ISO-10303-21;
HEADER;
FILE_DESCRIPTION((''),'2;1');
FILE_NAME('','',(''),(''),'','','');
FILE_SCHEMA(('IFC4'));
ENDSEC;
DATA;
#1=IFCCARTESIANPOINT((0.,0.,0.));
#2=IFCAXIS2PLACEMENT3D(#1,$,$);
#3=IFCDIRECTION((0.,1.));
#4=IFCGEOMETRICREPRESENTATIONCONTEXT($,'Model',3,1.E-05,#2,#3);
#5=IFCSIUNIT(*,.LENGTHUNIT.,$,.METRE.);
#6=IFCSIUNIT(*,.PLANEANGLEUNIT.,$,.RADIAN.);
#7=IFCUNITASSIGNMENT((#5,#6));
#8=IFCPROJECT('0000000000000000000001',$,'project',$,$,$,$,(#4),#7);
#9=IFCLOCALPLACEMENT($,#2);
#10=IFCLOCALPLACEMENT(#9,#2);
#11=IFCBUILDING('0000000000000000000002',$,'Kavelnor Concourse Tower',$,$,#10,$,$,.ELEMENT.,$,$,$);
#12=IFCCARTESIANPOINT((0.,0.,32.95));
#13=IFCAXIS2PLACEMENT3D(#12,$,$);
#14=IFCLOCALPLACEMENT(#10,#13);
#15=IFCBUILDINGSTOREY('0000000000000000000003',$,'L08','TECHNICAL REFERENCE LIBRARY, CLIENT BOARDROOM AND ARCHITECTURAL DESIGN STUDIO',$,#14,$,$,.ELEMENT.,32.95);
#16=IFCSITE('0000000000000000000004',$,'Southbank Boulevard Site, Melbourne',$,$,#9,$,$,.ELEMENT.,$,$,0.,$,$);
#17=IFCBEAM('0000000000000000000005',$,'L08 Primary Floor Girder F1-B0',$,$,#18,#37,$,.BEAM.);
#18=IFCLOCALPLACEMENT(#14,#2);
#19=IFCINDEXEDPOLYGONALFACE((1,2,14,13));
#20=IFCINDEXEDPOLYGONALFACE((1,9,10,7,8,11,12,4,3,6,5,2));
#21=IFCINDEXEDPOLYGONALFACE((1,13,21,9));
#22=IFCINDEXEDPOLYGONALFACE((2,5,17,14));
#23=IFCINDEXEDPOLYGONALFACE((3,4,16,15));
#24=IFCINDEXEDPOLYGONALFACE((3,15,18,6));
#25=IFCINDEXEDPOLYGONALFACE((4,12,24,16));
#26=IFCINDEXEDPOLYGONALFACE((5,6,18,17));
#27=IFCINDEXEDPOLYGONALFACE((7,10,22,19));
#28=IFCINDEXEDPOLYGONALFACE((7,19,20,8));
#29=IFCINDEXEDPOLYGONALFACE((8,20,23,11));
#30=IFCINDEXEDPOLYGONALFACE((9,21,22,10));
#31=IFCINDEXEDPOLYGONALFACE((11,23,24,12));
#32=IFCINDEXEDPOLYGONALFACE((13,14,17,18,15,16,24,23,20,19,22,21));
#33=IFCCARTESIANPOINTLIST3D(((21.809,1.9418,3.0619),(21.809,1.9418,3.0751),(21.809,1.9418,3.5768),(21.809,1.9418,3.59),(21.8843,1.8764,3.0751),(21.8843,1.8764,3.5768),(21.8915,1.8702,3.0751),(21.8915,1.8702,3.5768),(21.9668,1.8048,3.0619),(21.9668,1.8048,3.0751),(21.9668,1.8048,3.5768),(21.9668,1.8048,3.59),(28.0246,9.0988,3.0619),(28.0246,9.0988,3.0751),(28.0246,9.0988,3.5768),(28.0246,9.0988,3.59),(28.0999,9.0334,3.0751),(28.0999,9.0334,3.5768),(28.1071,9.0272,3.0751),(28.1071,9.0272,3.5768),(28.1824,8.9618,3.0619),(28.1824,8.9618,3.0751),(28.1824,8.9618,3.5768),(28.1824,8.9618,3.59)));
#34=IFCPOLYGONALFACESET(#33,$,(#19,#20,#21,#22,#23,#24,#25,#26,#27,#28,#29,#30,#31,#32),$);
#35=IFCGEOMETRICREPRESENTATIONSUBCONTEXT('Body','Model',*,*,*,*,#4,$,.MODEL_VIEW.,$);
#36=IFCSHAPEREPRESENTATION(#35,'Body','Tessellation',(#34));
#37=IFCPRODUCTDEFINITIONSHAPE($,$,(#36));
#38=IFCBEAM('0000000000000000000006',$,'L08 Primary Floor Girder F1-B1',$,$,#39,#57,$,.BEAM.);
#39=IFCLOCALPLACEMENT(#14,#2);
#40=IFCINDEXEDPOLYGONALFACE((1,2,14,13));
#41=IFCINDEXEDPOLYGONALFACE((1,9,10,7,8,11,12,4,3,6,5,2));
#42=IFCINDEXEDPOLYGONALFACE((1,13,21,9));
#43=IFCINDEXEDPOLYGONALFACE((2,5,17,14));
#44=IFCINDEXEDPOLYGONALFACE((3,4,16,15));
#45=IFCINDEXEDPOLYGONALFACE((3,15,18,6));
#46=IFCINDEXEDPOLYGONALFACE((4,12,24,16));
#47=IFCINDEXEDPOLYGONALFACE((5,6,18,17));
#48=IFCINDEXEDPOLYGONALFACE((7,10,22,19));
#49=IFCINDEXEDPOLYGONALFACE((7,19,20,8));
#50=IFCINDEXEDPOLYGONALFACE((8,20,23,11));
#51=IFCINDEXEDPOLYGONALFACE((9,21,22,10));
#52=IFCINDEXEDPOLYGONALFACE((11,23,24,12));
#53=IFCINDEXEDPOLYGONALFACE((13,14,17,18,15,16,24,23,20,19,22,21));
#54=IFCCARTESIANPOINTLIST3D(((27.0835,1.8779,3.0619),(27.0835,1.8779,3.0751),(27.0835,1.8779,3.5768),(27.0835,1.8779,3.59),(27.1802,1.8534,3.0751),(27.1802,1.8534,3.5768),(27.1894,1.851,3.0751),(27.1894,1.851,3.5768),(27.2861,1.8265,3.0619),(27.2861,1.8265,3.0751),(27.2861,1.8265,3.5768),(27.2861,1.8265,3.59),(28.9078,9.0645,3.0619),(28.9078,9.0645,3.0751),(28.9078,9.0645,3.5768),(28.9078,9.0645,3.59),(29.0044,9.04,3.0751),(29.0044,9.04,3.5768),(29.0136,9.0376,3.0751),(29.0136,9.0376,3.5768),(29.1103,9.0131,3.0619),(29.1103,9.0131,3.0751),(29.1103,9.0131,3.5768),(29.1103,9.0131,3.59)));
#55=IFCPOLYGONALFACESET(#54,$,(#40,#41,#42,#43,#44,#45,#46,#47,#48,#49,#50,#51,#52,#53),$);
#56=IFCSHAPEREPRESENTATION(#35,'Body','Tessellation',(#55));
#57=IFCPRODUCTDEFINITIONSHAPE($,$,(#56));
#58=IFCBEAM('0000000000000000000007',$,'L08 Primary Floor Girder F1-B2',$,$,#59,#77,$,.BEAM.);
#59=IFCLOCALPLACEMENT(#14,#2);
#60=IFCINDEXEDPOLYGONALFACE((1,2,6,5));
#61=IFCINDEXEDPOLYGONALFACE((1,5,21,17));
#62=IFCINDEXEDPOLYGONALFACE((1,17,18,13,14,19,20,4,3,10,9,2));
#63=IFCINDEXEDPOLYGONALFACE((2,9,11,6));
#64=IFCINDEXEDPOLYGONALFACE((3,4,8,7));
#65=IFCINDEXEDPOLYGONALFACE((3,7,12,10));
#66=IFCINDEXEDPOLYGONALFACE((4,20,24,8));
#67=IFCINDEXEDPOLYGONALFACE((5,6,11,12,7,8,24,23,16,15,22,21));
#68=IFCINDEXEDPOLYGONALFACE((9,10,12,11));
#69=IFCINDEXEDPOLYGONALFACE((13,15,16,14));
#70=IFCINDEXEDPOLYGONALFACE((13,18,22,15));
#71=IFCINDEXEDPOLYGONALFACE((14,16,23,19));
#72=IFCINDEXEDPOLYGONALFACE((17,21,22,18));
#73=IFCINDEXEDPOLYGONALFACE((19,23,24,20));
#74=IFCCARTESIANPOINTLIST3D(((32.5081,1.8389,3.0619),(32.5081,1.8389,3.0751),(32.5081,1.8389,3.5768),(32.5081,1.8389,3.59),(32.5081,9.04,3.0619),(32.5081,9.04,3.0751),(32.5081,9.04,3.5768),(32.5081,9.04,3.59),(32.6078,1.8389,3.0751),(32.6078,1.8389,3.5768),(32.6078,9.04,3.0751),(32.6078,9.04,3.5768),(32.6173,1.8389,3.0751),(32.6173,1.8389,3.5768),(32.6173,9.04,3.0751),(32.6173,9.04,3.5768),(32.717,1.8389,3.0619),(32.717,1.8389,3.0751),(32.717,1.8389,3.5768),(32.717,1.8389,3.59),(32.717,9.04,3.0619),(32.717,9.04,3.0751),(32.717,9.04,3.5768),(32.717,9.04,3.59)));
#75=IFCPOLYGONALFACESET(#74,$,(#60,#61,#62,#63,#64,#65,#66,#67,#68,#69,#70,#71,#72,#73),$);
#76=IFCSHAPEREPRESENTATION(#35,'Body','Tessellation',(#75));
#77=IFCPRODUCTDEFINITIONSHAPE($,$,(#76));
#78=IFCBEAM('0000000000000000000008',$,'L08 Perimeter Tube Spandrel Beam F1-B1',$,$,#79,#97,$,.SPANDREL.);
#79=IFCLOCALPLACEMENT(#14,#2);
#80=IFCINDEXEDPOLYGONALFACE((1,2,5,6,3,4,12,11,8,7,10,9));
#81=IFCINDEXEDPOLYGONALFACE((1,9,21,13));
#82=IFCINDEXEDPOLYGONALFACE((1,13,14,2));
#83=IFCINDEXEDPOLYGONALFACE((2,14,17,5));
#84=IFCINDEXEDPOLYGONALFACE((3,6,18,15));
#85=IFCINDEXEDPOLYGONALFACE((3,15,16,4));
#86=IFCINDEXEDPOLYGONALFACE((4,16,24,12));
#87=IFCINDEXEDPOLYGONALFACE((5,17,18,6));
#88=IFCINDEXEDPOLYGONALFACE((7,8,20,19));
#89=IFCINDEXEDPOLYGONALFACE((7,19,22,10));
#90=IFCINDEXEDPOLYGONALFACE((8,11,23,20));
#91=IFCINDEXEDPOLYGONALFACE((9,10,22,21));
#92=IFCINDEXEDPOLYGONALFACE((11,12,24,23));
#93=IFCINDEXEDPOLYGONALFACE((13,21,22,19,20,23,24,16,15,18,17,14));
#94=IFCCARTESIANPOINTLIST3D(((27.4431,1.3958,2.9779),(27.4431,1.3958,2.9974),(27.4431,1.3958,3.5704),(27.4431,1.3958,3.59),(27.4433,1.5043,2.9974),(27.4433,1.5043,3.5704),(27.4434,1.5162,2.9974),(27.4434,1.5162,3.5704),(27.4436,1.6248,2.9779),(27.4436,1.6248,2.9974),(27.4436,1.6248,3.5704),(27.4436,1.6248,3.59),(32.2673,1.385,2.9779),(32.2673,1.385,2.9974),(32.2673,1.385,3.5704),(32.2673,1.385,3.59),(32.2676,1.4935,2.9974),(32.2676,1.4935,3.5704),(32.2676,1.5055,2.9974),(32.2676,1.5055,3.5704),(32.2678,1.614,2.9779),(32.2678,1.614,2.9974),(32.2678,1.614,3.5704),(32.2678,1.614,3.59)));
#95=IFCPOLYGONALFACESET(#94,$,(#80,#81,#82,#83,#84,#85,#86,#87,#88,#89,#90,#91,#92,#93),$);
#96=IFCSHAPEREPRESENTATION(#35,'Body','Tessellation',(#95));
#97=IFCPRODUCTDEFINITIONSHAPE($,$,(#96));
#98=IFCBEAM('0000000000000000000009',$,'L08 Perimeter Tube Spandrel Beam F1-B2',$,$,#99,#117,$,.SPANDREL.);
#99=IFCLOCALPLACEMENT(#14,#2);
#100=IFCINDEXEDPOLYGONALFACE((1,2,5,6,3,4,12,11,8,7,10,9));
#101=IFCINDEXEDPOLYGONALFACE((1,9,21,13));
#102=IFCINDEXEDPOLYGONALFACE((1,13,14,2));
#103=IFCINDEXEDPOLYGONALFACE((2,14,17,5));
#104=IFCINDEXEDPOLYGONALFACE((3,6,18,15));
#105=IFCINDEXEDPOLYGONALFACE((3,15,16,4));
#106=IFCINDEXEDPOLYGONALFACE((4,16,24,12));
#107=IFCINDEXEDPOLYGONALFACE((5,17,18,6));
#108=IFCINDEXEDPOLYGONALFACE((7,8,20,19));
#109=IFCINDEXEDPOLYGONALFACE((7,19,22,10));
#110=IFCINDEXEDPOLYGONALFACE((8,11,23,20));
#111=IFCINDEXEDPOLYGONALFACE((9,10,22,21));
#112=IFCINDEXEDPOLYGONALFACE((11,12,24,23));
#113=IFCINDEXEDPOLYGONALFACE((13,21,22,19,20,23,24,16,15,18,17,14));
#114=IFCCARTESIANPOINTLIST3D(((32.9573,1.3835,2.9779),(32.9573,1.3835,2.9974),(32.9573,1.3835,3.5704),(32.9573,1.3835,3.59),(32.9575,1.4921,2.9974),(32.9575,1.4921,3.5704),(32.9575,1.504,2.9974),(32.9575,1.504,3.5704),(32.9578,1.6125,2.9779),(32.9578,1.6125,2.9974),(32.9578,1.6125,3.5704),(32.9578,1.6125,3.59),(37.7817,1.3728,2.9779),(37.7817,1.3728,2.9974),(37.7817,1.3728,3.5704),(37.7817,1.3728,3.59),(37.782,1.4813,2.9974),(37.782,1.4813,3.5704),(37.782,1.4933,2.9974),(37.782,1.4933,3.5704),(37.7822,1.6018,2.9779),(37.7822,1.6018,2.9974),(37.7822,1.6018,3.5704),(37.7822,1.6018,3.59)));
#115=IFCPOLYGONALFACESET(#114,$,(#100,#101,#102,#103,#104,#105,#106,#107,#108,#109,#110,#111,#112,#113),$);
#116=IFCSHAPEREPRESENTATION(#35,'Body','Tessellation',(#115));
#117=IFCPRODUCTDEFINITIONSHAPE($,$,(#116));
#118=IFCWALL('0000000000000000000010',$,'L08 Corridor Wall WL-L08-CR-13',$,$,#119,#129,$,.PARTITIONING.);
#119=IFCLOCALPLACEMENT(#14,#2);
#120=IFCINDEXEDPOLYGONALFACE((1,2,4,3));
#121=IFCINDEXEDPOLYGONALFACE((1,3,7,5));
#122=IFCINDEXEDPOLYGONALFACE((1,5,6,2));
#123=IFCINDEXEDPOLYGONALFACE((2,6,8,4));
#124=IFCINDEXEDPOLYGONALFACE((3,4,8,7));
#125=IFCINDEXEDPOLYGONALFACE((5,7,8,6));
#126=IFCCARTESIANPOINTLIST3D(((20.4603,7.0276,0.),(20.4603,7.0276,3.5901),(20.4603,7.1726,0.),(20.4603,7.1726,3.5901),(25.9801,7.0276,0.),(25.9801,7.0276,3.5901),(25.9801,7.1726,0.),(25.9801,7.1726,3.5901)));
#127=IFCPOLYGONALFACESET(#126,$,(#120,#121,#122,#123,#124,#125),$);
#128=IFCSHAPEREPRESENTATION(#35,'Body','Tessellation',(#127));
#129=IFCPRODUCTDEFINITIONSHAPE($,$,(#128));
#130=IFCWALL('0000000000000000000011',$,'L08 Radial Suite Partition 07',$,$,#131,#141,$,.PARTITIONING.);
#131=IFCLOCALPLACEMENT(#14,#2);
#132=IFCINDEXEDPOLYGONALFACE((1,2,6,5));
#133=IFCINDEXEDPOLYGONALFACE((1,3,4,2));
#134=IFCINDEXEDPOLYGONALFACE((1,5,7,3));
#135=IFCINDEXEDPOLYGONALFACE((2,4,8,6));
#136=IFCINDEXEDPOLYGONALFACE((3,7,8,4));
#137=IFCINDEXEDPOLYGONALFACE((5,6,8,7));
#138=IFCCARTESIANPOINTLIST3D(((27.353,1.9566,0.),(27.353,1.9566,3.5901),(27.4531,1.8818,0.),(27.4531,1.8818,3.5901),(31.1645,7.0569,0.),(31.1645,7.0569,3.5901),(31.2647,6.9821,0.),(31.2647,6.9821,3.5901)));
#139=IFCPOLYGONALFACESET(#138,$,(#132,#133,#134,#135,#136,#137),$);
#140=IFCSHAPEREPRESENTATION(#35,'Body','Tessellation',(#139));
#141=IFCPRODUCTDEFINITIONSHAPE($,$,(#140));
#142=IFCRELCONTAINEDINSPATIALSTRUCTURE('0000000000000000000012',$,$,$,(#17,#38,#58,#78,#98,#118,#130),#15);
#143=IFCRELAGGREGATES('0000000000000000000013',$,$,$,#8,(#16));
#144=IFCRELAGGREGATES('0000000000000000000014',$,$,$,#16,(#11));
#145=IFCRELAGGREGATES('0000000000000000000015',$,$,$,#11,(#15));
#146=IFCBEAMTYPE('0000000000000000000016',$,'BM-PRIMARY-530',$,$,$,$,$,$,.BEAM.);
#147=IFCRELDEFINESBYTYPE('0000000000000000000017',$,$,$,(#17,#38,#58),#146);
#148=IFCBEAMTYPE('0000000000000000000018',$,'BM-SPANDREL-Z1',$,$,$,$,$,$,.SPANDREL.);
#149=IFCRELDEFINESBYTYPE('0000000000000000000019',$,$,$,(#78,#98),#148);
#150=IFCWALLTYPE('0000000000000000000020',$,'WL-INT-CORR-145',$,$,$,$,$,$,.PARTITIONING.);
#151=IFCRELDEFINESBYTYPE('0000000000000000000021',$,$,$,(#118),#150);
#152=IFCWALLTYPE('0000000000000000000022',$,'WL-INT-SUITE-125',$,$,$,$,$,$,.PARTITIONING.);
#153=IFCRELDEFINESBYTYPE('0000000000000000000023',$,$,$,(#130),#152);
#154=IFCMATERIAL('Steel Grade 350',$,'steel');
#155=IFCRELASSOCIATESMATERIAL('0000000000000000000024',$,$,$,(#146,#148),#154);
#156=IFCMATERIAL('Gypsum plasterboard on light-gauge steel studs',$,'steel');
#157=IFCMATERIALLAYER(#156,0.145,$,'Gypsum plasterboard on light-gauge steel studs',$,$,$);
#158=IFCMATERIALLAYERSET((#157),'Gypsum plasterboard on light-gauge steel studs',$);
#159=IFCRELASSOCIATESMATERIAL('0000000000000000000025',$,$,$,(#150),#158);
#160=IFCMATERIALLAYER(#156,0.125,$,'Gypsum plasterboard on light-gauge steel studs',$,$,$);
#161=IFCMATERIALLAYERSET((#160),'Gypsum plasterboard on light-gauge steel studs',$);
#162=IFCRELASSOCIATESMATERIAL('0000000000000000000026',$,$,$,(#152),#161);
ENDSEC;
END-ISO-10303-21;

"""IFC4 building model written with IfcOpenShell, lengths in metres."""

from ifc_helpers import new_model, si_unit, direction, frame, frame_2d, origin, origin_2d, place, context, subcontext, project, spatial, rectangle, i_section, extrude, material, layer, layer_set, material_profile, profile_set, type_object, element, save


model = new_model("IFC4")

# Units and contexts
model_context = context("Model", 3, precision=1e-05, world=origin(), true_north=direction((0.0, 1.0)))
body_context = subcontext(model_context, "Body", "Model", "MODEL_VIEW")
ifc_project = project(units=[si_unit("LENGTHUNIT", "METRE"), si_unit("PLANEANGLEUNIT", "RADIAN")], contexts=[model_context])

# Site, building, storey
site_placement = place(None, origin())
site = spatial("IfcSite", under=ifc_project, at=site_placement, Name="Southbank Boulevard Site, Melbourne", CompositionType="ELEMENT", RefElevation=0.0)
building_placement = place(site_placement, origin())
building = spatial("IfcBuilding", under=site, at=building_placement, Name="Kavelnor Concourse Tower", CompositionType="ELEMENT")
storey_placement = place(building_placement, frame((0.0, 0.0, 32.95)))
storey = spatial("IfcBuildingStorey", under=building, at=storey_placement, Name="L08", Description="TECHNICAL REFERENCE LIBRARY, CLIENT BOARDROOM AND ARCHITECTURAL DESIGN STUDIO", CompositionType="ELEMENT", Elevation=32.95)

# Shared definitions
ifc_material_1 = material(Name="Steel Grade 350", Category="steel")

# Beams
ifc_material_profile_1 = material_profile(ifc_material_1, i_section(OverallWidth=0.209, OverallDepth=0.5281, WebThickness=0.0095, FlangeThickness=0.0132, at=origin_2d()), Name="530UB82")
ifc_profile_set_1 = profile_set([ifc_material_profile_1], Name="Steel Grade 350")
beam_type_1 = type_object("IfcBeamType", Name="BM-PRIMARY-530", PredefinedType="BEAM", material=ifc_profile_set_1)
beam_1_placement = place(storey_placement, frame((28.1035, 9.0303, 3.3259), z_axis=(-0.655705, -0.755017, 0.0), x_axis=(0.755017, -0.655705, 0.0)))
element("IfcBeam", 1, at=beam_1_placement, inside=storey, type_object=beam_type_1, Name="L08 Primary Floor Girder F1-B0", PredefinedType="BEAM", context=body_context, shape_type="SweptSolid", body=[
    extrude(i_section(OverallWidth=0.209, OverallDepth=0.5281, WebThickness=0.0095, FlangeThickness=0.0132, at=origin_2d()), origin(), (0.0, 0.0, 1.0), 9.4792),
])
beam_2_placement = place(storey_placement, frame((29.009, 9.0388, 3.3259), z_axis=(-0.246036, -0.969261, 0.0), x_axis=(0.969261, -0.246036, 0.0)))
element("IfcBeam", 2, at=beam_2_placement, inside=storey, type_object=beam_type_1, Name="L08 Primary Floor Girder F1-B1", PredefinedType="BEAM", context=body_context, shape_type="SweptSolid", body=[
    extrude(i_section(OverallWidth=0.209, OverallDepth=0.5281, WebThickness=0.0095, FlangeThickness=0.0132, at=origin_2d()), origin(), (0.0, 0.0, 1.0), 7.4146),
])
beam_3_placement = place(storey_placement, frame((32.6125, 9.04, 3.3259), z_axis=(0.0, -1.0, 0.0), x_axis=(1.0, 0.0, 0.0)))
element("IfcBeam", 3, at=beam_3_placement, inside=storey, type_object=beam_type_1, Name="L08 Primary Floor Girder F1-B2", PredefinedType="BEAM", context=body_context, shape_type="SweptSolid", body=[
    extrude(i_section(OverallWidth=0.209, OverallDepth=0.5281, WebThickness=0.0095, FlangeThickness=0.0132, at=origin_2d()), origin(), (0.0, 0.0, 1.0), 7.2012),
])
ifc_material_profile_2 = material_profile(ifc_material_1, i_section(OverallWidth=0.229, OverallDepth=0.6121, WebThickness=0.012, FlangeThickness=0.0195, at=origin_2d()), Name="610UB125")
ifc_profile_set_2 = profile_set([ifc_material_profile_2], Name="Steel Grade 350")
beam_type_2 = type_object("IfcBeamType", Name="BM-SPANDREL-Z1", PredefinedType="SPANDREL", material=ifc_profile_set_2)
beam_4_placement = place(storey_placement, frame((27.4434, 1.5103, 3.2839), z_axis=(0.999998, -0.002227, 0.0), x_axis=(0.002227, 0.999998, 0.0)))
element("IfcBeam", 4, at=beam_4_placement, inside=storey, type_object=beam_type_2, Name="L08 Perimeter Tube Spandrel Beam F1-B1", PredefinedType="SPANDREL", context=body_context, shape_type="SweptSolid", body=[
    extrude(i_section(OverallWidth=0.229, OverallDepth=0.6121, WebThickness=0.012, FlangeThickness=0.0195, at=origin_2d()), origin(), (0.0, 0.0, 1.0), 4.8242),
])
beam_5_placement = place(storey_placement, frame((32.9575, 1.498, 3.2839), z_axis=(0.999998, -0.002227, 0.0), x_axis=(0.002227, 0.999998, 0.0)))
element("IfcBeam", 5, at=beam_5_placement, inside=storey, type_object=beam_type_2, Name="L08 Perimeter Tube Spandrel Beam F1-B2", PredefinedType="SPANDREL", context=body_context, shape_type="SweptSolid", body=[
    extrude(i_section(OverallWidth=0.229, OverallDepth=0.6121, WebThickness=0.012, FlangeThickness=0.0195, at=origin_2d()), origin(), (0.0, 0.0, 1.0), 4.8245),
])

# Walls
ifc_material_2 = material(Name="Gypsum plasterboard on light-gauge steel studs", Category="steel")
ifc_layer_1 = layer(ifc_material_2, 0.145, Name="Gypsum plasterboard on light-gauge steel studs")
ifc_layer_set_1 = layer_set([ifc_layer_1], Name="Gypsum plasterboard on light-gauge steel studs")
wall_type_1 = type_object("IfcWallType", Name="WL-INT-CORR-145", PredefinedType="PARTITIONING", material=ifc_layer_set_1)
wall_1_placement = place(storey_placement, frame((25.98, 7.1001, 0.0), z_axis=(0.0, 0.0, 1.0), x_axis=(-1.0, 0.0, 0.0)))
element("IfcWall", 6, at=wall_1_placement, inside=storey, type_object=wall_type_1, Name="L08 Corridor Wall WL-L08-CR-13", PredefinedType="PARTITIONING", context=body_context, shape_type="SweptSolid", body=[
    extrude(rectangle(XDim=5.5198, YDim=0.145, at=frame_2d((2.7598, 0.0))), origin(), (0.0, 0.0, 1.0), 3.5901),
])
ifc_layer_2 = layer(ifc_material_2, 0.125, Name="Gypsum plasterboard on light-gauge steel studs")
ifc_layer_set_2 = layer_set([ifc_layer_2], Name="Gypsum plasterboard on light-gauge steel studs")
wall_type_2 = type_object("IfcWallType", Name="WL-INT-SUITE-125", PredefinedType="PARTITIONING", material=ifc_layer_set_2)
wall_2_placement = place(storey_placement, frame((31.2146, 7.0195, 0.0), z_axis=(0.0, 0.0, 1.0), x_axis=(-0.598619, -0.801034, 0.0)))
element("IfcWall", 7, at=wall_2_placement, inside=storey, type_object=wall_type_2, Name="L08 Radial Suite Partition 07", PredefinedType="PARTITIONING", context=body_context, shape_type="SweptSolid", body=[
    extrude(rectangle(XDim=6.3672, YDim=0.125, at=frame_2d((3.1836, 0.0))), origin(), (0.0, 0.0, 1.0), 3.5901),
])

save(model, "model.ifc")
